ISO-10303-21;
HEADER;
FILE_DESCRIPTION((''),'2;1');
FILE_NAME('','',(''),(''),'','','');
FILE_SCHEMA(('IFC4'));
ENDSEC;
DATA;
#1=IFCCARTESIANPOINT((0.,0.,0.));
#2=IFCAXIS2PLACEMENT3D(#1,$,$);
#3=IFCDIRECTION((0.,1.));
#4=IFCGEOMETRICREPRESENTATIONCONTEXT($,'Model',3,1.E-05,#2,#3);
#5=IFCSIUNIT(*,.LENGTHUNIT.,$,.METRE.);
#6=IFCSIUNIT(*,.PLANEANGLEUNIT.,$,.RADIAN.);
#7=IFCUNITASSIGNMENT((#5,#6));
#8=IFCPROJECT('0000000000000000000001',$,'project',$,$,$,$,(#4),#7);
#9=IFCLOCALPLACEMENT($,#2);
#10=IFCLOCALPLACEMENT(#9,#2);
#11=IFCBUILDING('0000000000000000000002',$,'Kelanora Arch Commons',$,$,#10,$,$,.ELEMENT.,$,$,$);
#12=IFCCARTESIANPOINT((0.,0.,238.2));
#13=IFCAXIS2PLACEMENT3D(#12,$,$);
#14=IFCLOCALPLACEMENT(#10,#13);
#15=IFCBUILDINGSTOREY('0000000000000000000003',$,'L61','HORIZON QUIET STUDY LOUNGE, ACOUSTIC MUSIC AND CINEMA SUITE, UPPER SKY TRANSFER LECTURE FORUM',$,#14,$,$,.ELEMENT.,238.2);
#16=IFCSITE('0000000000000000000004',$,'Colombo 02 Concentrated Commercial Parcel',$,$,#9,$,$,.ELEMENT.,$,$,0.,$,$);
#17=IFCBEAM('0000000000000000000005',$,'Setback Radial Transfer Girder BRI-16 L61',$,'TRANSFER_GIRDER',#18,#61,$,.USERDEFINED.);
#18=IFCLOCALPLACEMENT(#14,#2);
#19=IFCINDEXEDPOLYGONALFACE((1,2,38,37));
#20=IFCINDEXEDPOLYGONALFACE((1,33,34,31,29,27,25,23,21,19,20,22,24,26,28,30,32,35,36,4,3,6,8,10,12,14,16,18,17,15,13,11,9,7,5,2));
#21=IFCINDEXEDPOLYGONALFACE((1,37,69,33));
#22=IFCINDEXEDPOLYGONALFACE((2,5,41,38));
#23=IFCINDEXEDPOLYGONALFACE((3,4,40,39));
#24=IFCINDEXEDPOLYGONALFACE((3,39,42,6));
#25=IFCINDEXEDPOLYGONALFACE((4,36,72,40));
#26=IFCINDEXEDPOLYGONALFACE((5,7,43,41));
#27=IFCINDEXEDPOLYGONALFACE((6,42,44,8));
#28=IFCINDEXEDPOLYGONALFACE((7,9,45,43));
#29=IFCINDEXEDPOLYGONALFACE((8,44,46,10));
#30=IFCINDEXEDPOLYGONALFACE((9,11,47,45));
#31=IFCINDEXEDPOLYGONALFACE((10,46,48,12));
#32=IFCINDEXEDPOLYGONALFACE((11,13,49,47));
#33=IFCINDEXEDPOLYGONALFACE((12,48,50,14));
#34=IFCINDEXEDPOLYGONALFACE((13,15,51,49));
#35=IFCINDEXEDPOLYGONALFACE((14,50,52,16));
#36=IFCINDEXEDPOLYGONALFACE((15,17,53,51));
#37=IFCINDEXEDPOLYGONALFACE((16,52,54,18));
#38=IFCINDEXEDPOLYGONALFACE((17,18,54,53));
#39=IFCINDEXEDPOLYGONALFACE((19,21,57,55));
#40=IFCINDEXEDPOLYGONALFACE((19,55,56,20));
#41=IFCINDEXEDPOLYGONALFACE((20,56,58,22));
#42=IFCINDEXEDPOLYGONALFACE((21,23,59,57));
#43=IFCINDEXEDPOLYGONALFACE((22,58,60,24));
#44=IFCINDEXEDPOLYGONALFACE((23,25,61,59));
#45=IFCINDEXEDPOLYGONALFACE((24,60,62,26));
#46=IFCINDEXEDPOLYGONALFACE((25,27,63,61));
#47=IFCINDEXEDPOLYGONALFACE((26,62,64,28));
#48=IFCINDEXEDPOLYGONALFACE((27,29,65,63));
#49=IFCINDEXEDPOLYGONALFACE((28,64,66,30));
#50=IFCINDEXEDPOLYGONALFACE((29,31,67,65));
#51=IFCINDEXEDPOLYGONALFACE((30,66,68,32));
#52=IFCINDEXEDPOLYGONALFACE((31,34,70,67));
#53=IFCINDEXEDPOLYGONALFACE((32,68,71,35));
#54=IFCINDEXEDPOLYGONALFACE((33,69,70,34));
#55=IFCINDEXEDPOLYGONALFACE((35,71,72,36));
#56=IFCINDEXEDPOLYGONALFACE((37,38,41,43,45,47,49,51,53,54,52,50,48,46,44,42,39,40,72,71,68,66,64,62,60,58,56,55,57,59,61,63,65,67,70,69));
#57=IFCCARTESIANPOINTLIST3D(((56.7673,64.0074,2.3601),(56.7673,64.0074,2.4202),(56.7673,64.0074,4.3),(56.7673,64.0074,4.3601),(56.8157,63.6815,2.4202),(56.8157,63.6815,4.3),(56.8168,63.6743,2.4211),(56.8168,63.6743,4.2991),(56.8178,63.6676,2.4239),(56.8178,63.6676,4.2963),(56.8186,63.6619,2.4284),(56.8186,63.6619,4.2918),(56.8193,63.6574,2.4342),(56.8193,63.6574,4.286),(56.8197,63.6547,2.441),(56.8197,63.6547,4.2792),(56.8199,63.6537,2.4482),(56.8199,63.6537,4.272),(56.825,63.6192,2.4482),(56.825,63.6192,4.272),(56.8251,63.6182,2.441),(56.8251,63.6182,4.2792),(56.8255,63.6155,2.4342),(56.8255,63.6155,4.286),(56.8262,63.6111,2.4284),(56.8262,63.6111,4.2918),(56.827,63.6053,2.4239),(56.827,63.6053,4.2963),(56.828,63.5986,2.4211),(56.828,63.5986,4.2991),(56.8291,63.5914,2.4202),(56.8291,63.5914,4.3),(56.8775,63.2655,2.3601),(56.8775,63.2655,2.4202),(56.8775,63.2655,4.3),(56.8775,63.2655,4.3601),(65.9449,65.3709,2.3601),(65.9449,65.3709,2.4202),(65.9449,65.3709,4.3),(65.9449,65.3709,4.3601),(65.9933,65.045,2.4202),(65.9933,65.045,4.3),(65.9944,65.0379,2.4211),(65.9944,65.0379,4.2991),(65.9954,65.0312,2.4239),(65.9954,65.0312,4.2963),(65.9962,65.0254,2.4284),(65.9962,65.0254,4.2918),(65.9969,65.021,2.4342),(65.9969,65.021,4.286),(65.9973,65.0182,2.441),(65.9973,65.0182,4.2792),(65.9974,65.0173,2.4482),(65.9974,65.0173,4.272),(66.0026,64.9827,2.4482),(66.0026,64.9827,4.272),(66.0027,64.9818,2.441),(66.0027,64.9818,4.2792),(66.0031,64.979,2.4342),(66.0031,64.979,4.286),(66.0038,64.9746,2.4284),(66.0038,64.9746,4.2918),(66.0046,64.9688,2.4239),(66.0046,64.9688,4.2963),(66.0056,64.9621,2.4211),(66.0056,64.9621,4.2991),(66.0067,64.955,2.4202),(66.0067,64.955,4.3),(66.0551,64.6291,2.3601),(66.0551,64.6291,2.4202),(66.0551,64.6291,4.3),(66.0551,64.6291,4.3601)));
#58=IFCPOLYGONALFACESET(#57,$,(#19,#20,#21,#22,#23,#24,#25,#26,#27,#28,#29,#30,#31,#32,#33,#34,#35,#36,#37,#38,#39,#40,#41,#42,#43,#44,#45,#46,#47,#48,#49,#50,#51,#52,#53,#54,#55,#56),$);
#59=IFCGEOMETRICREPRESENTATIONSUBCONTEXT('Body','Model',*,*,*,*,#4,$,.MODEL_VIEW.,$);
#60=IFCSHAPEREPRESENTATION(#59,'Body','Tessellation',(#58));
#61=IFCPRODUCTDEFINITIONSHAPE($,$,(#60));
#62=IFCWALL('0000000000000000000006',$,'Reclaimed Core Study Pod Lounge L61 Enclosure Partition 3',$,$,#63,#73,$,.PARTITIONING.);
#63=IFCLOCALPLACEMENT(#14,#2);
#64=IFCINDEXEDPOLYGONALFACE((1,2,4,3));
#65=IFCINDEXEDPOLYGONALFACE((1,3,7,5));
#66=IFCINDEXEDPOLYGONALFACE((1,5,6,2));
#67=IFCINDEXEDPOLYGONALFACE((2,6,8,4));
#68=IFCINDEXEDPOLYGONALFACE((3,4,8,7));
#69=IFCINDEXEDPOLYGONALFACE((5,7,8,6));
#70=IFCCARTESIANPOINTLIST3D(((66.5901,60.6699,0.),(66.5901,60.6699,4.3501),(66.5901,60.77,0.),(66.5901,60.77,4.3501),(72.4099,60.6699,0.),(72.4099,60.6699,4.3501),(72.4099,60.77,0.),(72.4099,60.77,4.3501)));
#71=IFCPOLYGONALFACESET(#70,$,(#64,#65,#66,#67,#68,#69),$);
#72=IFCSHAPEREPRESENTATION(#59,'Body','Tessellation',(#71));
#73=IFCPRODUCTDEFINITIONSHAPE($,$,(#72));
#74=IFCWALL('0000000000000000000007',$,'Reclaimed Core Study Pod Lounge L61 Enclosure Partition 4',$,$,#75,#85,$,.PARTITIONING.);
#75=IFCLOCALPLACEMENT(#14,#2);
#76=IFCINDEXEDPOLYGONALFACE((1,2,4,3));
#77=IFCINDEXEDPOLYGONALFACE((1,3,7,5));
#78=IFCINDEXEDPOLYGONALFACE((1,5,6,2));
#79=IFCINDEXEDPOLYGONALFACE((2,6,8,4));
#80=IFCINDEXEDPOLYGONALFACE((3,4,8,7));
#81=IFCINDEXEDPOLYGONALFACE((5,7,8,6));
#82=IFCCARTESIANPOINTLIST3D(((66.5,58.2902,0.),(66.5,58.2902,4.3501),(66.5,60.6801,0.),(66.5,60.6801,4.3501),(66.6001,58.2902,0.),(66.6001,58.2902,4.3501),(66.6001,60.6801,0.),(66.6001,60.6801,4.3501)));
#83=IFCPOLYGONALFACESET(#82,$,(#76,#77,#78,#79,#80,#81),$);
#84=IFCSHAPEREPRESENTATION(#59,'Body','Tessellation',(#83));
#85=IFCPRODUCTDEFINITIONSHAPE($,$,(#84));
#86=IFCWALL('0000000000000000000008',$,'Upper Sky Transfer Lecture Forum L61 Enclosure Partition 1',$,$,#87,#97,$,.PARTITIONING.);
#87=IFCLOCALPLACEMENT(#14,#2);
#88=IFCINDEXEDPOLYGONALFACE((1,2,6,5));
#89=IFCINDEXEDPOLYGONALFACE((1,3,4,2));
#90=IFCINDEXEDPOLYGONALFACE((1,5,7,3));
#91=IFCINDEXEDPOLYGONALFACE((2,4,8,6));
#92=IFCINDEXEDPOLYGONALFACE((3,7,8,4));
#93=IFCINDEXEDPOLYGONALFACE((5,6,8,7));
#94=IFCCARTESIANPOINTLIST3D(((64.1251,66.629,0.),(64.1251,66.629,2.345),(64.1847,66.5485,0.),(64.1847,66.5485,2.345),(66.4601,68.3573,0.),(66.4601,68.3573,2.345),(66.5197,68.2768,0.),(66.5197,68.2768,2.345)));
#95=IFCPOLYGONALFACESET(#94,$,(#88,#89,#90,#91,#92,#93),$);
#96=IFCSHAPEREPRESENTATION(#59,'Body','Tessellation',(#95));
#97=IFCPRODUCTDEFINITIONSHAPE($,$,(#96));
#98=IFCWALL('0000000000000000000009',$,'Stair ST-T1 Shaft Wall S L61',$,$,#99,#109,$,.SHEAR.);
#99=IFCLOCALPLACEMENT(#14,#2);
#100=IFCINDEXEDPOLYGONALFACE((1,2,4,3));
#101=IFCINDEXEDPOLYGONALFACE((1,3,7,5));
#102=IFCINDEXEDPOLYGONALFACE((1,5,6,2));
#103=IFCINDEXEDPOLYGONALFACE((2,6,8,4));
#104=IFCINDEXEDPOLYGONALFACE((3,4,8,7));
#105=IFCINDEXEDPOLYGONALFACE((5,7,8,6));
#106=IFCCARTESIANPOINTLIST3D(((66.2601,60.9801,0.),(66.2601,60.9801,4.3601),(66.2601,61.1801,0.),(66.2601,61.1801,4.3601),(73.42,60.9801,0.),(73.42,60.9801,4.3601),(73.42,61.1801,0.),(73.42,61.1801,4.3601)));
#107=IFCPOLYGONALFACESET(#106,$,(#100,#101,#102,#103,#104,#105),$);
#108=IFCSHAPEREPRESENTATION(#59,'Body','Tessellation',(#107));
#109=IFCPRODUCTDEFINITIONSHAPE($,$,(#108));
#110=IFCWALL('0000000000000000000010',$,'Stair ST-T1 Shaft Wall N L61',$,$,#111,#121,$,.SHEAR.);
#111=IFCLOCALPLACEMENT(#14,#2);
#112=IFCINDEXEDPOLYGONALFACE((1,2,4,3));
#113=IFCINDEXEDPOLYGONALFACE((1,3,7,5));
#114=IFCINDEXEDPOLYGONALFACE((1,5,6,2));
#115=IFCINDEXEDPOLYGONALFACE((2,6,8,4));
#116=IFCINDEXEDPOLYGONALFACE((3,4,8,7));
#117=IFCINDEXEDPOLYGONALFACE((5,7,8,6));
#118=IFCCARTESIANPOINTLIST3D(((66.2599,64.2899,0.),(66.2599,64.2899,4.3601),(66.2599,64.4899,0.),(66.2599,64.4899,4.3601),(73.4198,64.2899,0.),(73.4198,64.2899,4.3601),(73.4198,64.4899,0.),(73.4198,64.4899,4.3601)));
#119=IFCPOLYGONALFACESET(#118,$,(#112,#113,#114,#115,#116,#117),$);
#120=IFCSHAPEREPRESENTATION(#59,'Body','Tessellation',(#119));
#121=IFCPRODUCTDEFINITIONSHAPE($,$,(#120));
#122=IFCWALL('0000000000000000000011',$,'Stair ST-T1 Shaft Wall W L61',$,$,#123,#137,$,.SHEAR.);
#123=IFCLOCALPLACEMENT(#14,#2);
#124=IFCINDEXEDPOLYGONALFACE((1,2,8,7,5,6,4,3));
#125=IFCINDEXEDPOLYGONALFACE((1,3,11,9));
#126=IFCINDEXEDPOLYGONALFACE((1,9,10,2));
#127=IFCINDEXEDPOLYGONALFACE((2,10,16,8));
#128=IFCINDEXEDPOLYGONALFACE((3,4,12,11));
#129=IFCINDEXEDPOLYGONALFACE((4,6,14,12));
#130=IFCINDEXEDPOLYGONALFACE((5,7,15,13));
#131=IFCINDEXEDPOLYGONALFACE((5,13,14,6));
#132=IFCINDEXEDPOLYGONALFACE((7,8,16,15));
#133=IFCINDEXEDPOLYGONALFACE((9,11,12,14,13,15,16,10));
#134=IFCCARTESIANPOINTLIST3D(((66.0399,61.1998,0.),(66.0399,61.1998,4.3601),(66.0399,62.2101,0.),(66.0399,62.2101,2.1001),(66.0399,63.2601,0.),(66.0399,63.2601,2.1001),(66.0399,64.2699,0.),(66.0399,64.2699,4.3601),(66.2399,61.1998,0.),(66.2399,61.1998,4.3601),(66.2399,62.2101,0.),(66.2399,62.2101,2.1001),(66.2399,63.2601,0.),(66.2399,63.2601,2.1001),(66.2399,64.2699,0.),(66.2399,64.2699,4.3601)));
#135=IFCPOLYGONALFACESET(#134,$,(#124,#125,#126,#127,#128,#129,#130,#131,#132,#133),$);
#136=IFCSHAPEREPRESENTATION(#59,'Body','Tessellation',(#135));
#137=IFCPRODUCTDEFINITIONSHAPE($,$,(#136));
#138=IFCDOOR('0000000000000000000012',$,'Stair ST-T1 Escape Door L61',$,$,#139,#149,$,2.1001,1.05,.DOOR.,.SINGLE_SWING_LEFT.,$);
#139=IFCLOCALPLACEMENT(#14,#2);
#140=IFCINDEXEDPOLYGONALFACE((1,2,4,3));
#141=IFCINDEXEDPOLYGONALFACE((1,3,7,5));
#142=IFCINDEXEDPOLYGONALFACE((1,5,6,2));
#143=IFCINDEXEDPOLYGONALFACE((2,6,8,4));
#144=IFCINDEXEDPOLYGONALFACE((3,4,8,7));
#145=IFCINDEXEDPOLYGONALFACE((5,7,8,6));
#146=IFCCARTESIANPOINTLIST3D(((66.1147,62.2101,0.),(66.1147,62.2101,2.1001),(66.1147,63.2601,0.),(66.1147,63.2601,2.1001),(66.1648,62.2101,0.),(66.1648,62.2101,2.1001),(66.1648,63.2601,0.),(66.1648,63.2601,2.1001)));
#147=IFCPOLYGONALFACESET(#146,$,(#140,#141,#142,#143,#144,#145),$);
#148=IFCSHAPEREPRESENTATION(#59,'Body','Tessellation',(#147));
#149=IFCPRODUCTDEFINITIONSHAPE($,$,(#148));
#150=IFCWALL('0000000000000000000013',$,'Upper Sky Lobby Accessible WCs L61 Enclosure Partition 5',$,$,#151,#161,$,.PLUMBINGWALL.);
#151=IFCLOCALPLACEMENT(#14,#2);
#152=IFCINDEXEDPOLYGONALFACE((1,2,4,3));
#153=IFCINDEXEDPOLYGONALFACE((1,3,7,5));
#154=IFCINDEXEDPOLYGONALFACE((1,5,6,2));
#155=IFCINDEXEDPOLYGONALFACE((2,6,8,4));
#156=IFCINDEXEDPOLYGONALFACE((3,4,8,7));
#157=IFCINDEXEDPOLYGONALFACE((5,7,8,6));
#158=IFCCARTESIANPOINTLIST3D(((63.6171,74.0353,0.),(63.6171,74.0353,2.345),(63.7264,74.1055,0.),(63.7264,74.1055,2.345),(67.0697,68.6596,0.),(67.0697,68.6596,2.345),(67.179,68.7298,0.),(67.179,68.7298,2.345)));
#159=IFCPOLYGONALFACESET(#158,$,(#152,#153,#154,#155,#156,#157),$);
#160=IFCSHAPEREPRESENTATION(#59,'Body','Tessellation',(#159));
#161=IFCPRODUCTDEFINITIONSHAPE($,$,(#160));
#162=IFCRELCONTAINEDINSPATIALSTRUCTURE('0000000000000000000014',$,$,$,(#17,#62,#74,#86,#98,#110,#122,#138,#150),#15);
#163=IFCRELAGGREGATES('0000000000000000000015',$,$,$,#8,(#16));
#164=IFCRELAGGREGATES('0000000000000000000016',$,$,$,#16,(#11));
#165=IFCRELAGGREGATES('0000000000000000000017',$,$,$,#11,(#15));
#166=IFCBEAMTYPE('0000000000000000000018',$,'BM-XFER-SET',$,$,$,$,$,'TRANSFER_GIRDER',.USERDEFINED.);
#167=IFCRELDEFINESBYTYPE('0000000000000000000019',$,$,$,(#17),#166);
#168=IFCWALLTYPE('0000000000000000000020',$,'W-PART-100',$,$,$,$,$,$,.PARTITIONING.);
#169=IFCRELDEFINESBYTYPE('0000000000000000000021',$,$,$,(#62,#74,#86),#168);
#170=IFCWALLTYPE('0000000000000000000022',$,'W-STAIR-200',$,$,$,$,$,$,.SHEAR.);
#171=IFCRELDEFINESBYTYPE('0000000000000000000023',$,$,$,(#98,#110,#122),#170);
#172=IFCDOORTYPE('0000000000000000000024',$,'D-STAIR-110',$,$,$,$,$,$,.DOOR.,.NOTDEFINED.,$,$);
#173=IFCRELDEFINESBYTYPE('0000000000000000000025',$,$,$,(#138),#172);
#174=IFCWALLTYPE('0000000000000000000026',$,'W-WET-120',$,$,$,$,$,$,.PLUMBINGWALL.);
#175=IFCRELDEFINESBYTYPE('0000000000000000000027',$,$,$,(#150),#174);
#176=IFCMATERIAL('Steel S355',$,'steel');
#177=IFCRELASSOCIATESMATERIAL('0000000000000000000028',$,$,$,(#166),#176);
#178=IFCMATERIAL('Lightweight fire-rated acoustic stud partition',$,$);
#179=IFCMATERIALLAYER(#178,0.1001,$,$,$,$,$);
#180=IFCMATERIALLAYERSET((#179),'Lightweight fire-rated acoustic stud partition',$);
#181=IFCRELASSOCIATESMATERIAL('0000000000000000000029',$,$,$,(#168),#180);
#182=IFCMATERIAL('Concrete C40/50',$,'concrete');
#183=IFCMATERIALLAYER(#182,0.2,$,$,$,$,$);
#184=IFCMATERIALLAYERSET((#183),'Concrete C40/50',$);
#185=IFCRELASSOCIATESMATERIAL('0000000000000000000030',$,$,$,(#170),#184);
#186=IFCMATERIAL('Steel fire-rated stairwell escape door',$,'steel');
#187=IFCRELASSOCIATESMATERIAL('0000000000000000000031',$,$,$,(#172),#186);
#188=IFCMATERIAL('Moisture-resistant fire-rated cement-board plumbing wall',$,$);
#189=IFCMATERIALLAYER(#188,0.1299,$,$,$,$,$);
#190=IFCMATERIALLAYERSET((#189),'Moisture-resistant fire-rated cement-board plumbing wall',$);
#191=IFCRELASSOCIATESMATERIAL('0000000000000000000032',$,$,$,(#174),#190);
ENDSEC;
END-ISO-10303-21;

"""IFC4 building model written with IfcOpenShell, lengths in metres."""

from ifc_helpers import new_model, si_unit, direction, frame, frame_2d, origin, origin_2d, place, context, subcontext, project, spatial, rectangle, i_section, extrude, material, layer, layer_set, material_profile, profile_set, type_object, element, fill, save


model = new_model("IFC4")

# Units and contexts
model_context = context("Model", 3, precision=1e-05, world=origin(), true_north=direction((0.0, 1.0)))
body_context = subcontext(model_context, "Body", "Model", "MODEL_VIEW")
ifc_project = project(units=[si_unit("LENGTHUNIT", "METRE"), si_unit("PLANEANGLEUNIT", "RADIAN")], contexts=[model_context])

# Site, building, storey
site_placement = place(None, origin())
site = spatial("IfcSite", under=ifc_project, at=site_placement, Name="Colombo 02 Concentrated Commercial Parcel", CompositionType="ELEMENT", RefElevation=0.0)
building_placement = place(site_placement, origin())
building = spatial("IfcBuilding", under=site, at=building_placement, Name="Kelanora Arch Commons", CompositionType="ELEMENT")
storey_placement = place(building_placement, frame((0.0, 0.0, 238.2)))
storey = spatial("IfcBuildingStorey", under=building, at=storey_placement, Name="L61", Description="HORIZON QUIET STUDY LOUNGE, ACOUSTIC MUSIC AND CINEMA SUITE, UPPER SKY TRANSFER LECTURE FORUM", CompositionType="ELEMENT", Elevation=238.2)

# Beam
ifc_material_1 = material(Name="Steel S355", Category="steel")
ifc_material_profile_1 = material_profile(ifc_material_1, i_section(OverallWidth=0.75, OverallDepth=2.0, WebThickness=0.0349, FlangeThickness=0.0601, FilletRadius=0.0281, at=origin_2d()), Name="PG2000x750")
ifc_profile_set_1 = profile_set([ifc_material_profile_1], Name="Steel S355")
beam_type_1 = type_object("IfcBeamType", Name="BM-XFER-SET", ElementType="TRANSFER_GIRDER", PredefinedType="USERDEFINED", material=ifc_profile_set_1)
beam_1_placement = place(storey_placement, frame((66.0, 65.0, 3.3601), z_axis=(-0.989142, -0.14696, 0.0), x_axis=(0.14696, -0.989142, 0.0)))
element("IfcBeam", 1, at=beam_1_placement, inside=storey, type_object=beam_type_1, Name="Setback Radial Transfer Girder BRI-16 L61", ObjectType="TRANSFER_GIRDER", PredefinedType="USERDEFINED", context=body_context, shape_type="SweptSolid", body=[
    extrude(i_section(OverallWidth=0.75, OverallDepth=2.0, WebThickness=0.0349, FlangeThickness=0.0601, FilletRadius=0.0281, at=origin_2d()), origin(), (0.0, 0.0, 1.0), 9.2783),
])

# Walls
ifc_material_2 = material(Name="Lightweight fire-rated acoustic stud partition")
ifc_layer_1 = layer(ifc_material_2, 0.1001)
ifc_layer_set_1 = layer_set([ifc_layer_1], Name="Lightweight fire-rated acoustic stud partition")
wall_type_1 = type_object("IfcWallType", Name="W-PART-100", PredefinedType="PARTITIONING", material=ifc_layer_set_1)
wall_1_placement = place(storey_placement, frame((72.4099, 60.72, 0.0), z_axis=(0.0, 0.0, 1.0), x_axis=(-1.0, 0.0, 0.0)))
element("IfcWall", 2, at=wall_1_placement, inside=storey, type_object=wall_type_1, Name="Reclaimed Core Study Pod Lounge L61 Enclosure Partition 3", PredefinedType="PARTITIONING", context=body_context, shape_type="SweptSolid", body=[
    extrude(rectangle(XDim=5.8198, YDim=0.1001, at=frame_2d((2.9099, 0.0))), origin(), (0.0, 0.0, 1.0), 4.3501),
])
wall_2_placement = place(storey_placement, frame((66.55, 60.6799, 0.0), z_axis=(0.0, 0.0, 1.0), x_axis=(0.0, -1.0, 0.0)))
element("IfcWall", 3, at=wall_2_placement, inside=storey, type_object=wall_type_1, Name="Reclaimed Core Study Pod Lounge L61 Enclosure Partition 4", PredefinedType="PARTITIONING", context=body_context, shape_type="SweptSolid", body=[
    extrude(rectangle(XDim=2.3899, YDim=0.1001, at=frame_2d((1.1948, 0.0))), origin(), (0.0, 0.0, 1.0), 4.3501),
])
wall_3_placement = place(storey_placement, frame((66.49, 68.3171, 0.0), z_axis=(0.0, 0.0, 1.0), x_axis=(-0.803776, -0.594932, 0.0)))
element("IfcWall", 4, at=wall_3_placement, inside=storey, type_object=wall_type_1, Name="Upper Sky Transfer Lecture Forum L61 Enclosure Partition 1", PredefinedType="PARTITIONING", context=body_context, shape_type="SweptSolid", body=[
    extrude(rectangle(XDim=2.905, YDim=0.1001, at=frame_2d((1.4526, 0.0))), origin(), (0.0, 0.0, 1.0), 2.345),
])
ifc_material_3 = material(Name="Concrete C40/50", Category="concrete")
ifc_layer_2 = layer(ifc_material_3, 0.2)
ifc_layer_set_2 = layer_set([ifc_layer_2], Name="Concrete C40/50")
wall_type_2 = type_object("IfcWallType", Name="W-STAIR-200", PredefinedType="SHEAR", material=ifc_layer_set_2)
for number, where, z_axis, x_axis, name in (
    (5, (66.26, 61.0801, 0.0), (0.0, 0.0, 1.0), (1.0, 0.0, 0.0), "Stair ST-T1 Shaft Wall S L61"),
    (6, (73.4199, 64.3899, 0.0), (0.0, 0.0, 1.0), (-1.0, 0.0, 0.0), "Stair ST-T1 Shaft Wall N L61"),
):
    element("IfcWall", number, at=place(storey_placement, frame(where, z_axis=z_axis, x_axis=x_axis)), inside=storey, type_object=wall_type_2, Name=name, PredefinedType="SHEAR", context=body_context, shape_type="SweptSolid", body=[
        extrude(rectangle(XDim=7.1599, YDim=0.2, at=frame_2d((3.5801, 0.0))), origin(), (0.0, 0.0, 1.0), 4.3601),
    ])

# Wall, opening, door
wall_4_placement = place(storey_placement, frame((66.1399, 64.27, 0.0), z_axis=(0.0, 0.0, 1.0), x_axis=(0.0, -1.0, 0.0)))
wall_4 = element("IfcWall", 7, at=wall_4_placement, inside=storey, type_object=wall_type_2, Name="Stair ST-T1 Shaft Wall W L61", PredefinedType="SHEAR", context=body_context, shape_type="SweptSolid", body=[
    extrude(rectangle(XDim=3.0701, YDim=0.2, at=frame_2d((1.5352, 0.0))), origin(), (0.0, 0.0, 1.0), 4.3601),
])
opening_placement = place(wall_4_placement, frame((1.01, 0.0, 0.0)))
opening = element("IfcOpeningElement", 8, at=opening_placement, cuts=wall_4, PredefinedType="OPENING", context=body_context, shape_type="SweptSolid", body=[
    extrude(rectangle(XDim=1.05, YDim=2.1001, at=frame_2d((0.5249, 1.05))), frame((0.0, 0.1099, 0.0), z_axis=(0.0, -1.0, 0.0), x_axis=(1.0, 0.0, 0.0)), (0.0, 0.0, 1.0), 0.22),
])
ifc_material_4 = material(Name="Steel fire-rated stairwell escape door", Category="steel")
door_type = type_object("IfcDoorType", Name="D-STAIR-110", OperationType="NOTDEFINED", PredefinedType="DOOR", material=ifc_material_4)
door_placement = place(opening_placement, origin())
door = element("IfcDoor", 9, at=door_placement, inside=storey, type_object=door_type, Name="Stair ST-T1 Escape Door L61", OperationType="SINGLE_SWING_LEFT", OverallHeight=2.1001, OverallWidth=1.05, PredefinedType="DOOR", context=body_context, shape_type="SweptSolid", body=[
    extrude(rectangle(XDim=1.05, YDim=2.1001, at=frame_2d((0.5249, 1.05))), frame((0.0, 0.0249, 0.0), z_axis=(0.0, -1.0, 0.0), x_axis=(1.0, 0.0, 0.0)), (0.0, 0.0, 1.0), 0.05),
])
fill(opening, door)

# Wall
ifc_material_5 = material(Name="Moisture-resistant fire-rated cement-board plumbing wall")
ifc_layer_3 = layer(ifc_material_5, 0.1299)
ifc_layer_set_3 = layer_set([ifc_layer_3], Name="Moisture-resistant fire-rated cement-board plumbing wall")
wall_type_3 = type_object("IfcWallType", Name="W-WET-120", PredefinedType="PLUMBINGWALL", material=ifc_layer_set_3)
wall_5_placement = place(storey_placement, frame((67.1243, 68.6948, 0.0), z_axis=(0.0, 0.0, 1.0), x_axis=(-0.540404, 0.841406, 0.0)))
element("IfcWall", 10, at=wall_5_placement, inside=storey, type_object=wall_type_3, Name="Upper Sky Lobby Accessible WCs L61 Enclosure Partition 5", PredefinedType="PLUMBINGWALL", context=body_context, shape_type="SweptSolid", body=[
    extrude(rectangle(XDim=6.3889, YDim=0.1299, at=frame_2d((3.1943, 0.0))), origin(), (0.0, 0.0, 1.0), 2.345),
])

save(model, "model.ifc")
